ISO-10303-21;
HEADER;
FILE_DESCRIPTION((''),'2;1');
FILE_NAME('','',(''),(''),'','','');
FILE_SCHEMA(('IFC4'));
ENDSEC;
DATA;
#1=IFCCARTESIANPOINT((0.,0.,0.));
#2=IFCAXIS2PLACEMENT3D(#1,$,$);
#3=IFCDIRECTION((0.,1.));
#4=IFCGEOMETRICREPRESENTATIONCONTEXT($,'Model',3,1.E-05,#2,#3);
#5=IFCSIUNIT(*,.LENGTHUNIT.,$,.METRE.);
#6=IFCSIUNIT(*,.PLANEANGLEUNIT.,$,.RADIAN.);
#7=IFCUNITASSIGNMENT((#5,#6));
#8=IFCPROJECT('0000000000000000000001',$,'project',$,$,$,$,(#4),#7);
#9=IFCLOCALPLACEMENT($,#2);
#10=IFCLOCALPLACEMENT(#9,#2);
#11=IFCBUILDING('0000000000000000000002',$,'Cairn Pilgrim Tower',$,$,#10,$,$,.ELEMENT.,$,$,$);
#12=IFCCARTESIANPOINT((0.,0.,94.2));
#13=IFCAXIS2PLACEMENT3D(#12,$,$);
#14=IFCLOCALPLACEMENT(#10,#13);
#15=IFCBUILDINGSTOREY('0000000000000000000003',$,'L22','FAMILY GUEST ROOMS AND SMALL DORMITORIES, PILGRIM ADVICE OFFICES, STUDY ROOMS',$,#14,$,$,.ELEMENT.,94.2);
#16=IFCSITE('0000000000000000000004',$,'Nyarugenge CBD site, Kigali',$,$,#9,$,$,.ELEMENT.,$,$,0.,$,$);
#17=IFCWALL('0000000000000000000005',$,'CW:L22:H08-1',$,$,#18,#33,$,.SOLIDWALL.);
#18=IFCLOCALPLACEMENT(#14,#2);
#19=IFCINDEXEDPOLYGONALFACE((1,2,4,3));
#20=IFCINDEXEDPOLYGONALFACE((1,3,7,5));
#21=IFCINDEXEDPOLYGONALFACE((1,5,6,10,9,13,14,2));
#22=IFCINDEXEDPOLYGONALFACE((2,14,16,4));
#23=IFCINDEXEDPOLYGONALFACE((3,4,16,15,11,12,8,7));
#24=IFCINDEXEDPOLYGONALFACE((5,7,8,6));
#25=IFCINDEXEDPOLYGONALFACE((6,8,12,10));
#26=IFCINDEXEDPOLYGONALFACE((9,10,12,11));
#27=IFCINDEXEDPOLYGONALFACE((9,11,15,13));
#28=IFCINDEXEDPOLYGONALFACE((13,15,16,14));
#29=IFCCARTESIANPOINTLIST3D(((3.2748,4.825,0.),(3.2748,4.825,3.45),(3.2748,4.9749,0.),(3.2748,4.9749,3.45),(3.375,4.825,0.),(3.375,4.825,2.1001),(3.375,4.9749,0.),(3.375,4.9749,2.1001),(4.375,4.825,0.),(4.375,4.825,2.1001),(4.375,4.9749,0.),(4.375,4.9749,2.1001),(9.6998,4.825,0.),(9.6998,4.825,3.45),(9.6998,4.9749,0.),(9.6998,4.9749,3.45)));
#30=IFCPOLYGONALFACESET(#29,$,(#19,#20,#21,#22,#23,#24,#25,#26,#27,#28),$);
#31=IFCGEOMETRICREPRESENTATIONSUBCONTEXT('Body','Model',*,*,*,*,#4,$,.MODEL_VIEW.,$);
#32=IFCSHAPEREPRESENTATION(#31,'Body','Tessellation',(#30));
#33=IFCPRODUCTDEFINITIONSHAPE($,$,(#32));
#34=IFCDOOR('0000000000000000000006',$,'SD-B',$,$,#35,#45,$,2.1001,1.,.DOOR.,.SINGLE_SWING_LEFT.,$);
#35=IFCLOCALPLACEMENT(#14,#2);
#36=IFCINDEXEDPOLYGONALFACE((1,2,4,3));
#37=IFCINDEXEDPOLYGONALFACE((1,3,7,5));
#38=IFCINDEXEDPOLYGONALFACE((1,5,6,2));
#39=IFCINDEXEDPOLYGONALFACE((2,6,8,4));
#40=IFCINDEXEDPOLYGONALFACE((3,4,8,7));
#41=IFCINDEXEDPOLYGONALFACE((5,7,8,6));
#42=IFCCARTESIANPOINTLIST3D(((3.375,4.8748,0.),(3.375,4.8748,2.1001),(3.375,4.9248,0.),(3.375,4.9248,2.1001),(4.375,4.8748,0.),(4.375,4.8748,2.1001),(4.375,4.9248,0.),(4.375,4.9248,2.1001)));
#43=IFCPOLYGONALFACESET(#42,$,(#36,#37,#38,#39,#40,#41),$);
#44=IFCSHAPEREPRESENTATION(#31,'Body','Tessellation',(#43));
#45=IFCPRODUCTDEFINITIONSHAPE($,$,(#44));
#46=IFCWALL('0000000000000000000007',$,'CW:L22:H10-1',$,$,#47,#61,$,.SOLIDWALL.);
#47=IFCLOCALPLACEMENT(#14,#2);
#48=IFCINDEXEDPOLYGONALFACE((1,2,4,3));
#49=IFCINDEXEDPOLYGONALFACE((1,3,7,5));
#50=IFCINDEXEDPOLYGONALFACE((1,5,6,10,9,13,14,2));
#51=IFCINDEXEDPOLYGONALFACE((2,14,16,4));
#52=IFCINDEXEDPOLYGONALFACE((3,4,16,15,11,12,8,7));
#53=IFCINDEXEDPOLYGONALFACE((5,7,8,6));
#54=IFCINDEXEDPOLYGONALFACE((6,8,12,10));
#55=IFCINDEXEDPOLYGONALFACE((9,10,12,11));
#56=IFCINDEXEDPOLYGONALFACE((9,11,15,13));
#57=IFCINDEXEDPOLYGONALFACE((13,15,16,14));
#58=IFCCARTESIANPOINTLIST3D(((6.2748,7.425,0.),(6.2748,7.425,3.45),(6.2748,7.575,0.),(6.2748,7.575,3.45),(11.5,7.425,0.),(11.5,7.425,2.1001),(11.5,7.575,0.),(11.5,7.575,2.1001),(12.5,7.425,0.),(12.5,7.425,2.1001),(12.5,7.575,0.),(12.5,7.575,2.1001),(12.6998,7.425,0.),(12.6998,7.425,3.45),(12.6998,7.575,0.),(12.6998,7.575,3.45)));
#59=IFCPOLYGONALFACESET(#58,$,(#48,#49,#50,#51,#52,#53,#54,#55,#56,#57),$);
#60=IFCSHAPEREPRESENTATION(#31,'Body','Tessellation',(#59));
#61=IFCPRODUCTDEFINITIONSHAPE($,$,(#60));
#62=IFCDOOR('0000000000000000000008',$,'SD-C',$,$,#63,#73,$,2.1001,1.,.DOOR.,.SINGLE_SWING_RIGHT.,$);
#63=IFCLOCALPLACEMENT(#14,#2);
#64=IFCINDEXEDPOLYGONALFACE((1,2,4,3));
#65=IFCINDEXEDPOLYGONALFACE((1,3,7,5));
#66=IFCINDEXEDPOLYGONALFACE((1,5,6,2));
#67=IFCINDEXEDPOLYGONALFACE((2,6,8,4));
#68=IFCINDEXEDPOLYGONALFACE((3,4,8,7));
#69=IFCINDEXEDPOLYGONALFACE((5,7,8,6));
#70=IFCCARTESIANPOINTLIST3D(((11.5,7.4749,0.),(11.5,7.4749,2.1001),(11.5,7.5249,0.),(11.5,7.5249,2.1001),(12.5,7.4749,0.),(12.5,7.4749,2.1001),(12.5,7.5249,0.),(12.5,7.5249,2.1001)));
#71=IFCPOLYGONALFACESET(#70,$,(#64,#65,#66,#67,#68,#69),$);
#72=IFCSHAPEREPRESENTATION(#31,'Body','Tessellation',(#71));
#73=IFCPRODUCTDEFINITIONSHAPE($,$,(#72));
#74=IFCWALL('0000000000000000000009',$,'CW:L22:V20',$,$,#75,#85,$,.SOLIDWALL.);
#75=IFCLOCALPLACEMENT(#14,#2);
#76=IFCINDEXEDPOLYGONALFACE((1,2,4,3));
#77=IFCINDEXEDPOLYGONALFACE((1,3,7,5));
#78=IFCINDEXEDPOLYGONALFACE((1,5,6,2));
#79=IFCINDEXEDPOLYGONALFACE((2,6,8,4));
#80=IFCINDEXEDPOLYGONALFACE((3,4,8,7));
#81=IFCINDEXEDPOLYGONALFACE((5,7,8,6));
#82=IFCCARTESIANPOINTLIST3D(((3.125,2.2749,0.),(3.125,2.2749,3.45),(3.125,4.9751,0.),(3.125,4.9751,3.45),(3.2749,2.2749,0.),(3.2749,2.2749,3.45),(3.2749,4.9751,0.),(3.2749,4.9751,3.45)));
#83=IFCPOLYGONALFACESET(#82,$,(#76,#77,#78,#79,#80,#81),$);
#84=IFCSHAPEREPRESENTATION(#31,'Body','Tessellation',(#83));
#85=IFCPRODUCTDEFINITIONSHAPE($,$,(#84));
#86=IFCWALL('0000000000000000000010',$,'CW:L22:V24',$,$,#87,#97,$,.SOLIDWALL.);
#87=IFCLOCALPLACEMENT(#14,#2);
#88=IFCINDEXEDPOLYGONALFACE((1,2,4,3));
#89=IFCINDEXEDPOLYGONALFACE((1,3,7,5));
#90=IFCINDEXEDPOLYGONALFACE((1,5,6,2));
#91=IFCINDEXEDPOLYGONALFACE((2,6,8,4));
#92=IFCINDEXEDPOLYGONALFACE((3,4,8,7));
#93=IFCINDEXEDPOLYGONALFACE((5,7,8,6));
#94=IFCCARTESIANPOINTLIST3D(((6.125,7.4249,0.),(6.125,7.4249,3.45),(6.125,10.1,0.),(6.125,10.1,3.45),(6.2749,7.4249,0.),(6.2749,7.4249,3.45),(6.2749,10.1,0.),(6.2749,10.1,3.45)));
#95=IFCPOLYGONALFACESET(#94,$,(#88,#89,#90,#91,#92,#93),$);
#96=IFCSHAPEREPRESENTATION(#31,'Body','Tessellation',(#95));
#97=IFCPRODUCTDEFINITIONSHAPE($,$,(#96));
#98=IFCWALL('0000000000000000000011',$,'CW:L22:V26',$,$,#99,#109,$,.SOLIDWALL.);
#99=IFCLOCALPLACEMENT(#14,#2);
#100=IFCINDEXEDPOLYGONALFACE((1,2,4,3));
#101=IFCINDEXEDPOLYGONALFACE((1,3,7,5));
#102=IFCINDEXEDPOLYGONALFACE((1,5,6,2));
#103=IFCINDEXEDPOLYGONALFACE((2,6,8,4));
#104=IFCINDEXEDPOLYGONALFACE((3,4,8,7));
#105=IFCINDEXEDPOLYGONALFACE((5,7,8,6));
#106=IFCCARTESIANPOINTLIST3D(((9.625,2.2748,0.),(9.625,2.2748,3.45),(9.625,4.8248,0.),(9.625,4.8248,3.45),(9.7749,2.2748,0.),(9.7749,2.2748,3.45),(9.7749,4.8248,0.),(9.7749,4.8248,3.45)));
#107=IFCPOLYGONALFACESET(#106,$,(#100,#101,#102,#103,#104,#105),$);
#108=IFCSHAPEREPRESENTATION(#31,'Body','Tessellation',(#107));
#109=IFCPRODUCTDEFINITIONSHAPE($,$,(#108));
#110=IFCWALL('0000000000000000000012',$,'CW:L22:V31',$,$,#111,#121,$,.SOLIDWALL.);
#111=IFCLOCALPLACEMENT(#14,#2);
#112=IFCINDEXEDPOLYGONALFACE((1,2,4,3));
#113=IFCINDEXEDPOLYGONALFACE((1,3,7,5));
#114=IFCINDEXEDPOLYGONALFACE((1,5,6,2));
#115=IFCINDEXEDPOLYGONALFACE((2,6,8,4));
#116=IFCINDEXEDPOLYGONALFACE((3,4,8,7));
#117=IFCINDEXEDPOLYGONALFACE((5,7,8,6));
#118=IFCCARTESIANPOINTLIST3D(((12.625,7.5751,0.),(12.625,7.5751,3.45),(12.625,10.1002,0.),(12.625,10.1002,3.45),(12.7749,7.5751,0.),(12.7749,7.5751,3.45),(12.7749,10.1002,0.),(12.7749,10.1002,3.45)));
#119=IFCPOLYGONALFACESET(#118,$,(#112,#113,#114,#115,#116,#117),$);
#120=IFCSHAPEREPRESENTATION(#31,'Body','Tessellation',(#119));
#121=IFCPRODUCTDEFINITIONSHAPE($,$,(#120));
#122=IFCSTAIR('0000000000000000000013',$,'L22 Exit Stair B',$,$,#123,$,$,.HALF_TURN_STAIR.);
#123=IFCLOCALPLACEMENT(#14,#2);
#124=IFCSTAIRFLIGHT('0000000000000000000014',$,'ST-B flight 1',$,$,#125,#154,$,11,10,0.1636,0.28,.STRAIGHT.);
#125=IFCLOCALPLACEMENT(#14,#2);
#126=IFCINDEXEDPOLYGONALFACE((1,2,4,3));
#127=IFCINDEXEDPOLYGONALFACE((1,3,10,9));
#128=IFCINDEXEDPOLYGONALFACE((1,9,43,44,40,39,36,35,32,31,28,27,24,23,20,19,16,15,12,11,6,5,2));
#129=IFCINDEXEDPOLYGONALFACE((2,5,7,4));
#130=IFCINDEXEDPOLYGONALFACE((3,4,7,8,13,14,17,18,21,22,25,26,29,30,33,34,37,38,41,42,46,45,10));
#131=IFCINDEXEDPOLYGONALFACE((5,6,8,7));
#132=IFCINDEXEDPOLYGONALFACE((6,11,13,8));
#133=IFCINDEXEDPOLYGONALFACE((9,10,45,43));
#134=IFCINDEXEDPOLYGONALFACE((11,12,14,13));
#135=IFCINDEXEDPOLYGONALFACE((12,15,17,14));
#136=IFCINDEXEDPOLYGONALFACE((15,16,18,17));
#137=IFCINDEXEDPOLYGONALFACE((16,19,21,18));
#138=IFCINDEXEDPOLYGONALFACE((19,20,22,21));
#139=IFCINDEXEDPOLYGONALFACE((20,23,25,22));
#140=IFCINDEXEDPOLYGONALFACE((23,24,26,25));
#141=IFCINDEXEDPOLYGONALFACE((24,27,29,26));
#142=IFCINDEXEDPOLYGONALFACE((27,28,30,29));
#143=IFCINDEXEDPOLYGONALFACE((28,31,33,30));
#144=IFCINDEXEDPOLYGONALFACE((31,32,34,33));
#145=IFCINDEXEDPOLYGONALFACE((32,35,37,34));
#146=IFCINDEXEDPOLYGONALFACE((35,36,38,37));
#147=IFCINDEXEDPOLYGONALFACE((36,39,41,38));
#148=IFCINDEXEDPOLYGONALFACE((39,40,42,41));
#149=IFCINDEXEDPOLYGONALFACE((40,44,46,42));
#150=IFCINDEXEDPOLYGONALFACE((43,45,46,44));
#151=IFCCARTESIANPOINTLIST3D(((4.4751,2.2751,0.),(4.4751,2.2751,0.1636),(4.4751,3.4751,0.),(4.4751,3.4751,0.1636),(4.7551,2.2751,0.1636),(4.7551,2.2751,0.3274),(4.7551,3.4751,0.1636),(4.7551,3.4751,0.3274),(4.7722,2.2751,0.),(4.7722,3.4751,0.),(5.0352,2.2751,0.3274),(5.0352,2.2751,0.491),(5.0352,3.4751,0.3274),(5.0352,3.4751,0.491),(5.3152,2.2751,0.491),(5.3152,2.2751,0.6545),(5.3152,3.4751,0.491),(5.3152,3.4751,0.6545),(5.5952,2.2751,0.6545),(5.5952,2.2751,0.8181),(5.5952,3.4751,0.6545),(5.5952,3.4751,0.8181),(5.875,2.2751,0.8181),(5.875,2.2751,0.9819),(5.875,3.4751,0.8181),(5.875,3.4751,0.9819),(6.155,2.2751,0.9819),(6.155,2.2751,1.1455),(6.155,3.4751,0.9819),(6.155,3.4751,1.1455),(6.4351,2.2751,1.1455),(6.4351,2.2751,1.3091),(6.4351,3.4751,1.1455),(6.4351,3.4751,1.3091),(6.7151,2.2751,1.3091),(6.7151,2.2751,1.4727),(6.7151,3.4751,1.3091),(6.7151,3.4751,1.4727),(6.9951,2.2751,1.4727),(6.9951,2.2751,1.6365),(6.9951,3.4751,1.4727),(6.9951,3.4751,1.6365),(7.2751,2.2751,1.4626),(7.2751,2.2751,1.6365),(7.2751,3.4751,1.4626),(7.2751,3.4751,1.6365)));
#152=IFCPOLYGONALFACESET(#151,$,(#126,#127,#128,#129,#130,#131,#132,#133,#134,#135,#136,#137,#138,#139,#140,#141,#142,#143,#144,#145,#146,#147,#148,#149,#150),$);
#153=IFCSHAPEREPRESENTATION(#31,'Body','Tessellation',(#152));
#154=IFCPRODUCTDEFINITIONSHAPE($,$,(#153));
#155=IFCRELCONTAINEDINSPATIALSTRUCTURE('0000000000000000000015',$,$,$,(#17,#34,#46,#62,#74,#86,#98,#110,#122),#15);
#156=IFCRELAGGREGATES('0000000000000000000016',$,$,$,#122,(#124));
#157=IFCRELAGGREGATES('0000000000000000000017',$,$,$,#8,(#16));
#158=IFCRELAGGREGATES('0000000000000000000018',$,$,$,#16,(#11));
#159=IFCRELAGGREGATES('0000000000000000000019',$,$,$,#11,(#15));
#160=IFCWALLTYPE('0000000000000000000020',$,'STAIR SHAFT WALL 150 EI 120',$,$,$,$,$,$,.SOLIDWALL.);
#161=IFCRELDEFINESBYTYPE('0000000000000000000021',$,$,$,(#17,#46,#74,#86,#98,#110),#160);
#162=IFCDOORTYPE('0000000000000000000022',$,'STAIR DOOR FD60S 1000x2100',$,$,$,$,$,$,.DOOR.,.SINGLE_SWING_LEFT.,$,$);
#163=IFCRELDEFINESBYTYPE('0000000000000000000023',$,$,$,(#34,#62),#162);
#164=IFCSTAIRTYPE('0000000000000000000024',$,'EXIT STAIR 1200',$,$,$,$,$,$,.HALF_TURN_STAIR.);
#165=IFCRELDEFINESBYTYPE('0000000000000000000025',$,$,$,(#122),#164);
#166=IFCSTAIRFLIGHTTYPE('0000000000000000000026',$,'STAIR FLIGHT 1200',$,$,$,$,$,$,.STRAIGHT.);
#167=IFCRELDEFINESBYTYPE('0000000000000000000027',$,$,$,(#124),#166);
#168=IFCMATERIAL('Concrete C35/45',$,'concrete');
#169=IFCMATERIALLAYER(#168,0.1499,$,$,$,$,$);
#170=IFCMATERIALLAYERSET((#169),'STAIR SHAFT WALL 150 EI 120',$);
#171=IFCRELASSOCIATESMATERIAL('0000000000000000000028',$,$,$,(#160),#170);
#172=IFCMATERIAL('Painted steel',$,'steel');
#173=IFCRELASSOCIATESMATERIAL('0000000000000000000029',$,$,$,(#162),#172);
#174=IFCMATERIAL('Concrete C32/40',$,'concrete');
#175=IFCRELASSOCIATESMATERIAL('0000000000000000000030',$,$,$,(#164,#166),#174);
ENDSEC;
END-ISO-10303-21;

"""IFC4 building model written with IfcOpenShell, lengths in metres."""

from ifc_helpers import new_model, si_unit, direction, frame, frame_2d, origin, place, context, subcontext, project, spatial, polyline, rectangle, outline, extrude, material, layer, layer_set, type_object, element, fill, aggregate, save


model = new_model("IFC4")

# Units and contexts
model_context = context("Model", 3, precision=1e-05, world=origin(), true_north=direction((0.0, 1.0)))
body_context = subcontext(model_context, "Body", "Model", "MODEL_VIEW")
ifc_project = project(units=[si_unit("LENGTHUNIT", "METRE"), si_unit("PLANEANGLEUNIT", "RADIAN")], contexts=[model_context])

# Site, building, storey
site_placement = place(None, origin())
site = spatial("IfcSite", under=ifc_project, at=site_placement, Name="Nyarugenge CBD site, Kigali", CompositionType="ELEMENT", RefElevation=0.0)
building_placement = place(site_placement, origin())
building = spatial("IfcBuilding", under=site, at=building_placement, Name="Cairn Pilgrim Tower", CompositionType="ELEMENT")
storey_placement = place(building_placement, frame((0.0, 0.0, 94.2)))
storey = spatial("IfcBuildingStorey", under=building, at=storey_placement, Name="L22", Description="FAMILY GUEST ROOMS AND SMALL DORMITORIES, PILGRIM ADVICE OFFICES, STUDY ROOMS", CompositionType="ELEMENT", Elevation=94.2)

# Shared definitions
ifc_material_1 = material(Name="Concrete C32/40", Category="concrete")

# Shared definitions
ifc_material_2 = material(Name="Painted steel", Category="steel")

# Shared definitions
ifc_material_3 = material(Name="Concrete C35/45", Category="concrete")
ifc_layer_1 = layer(ifc_material_3, 0.1499)
ifc_layer_set_1 = layer_set([ifc_layer_1], Name="STAIR SHAFT WALL 150 EI 120")
wall_type_1 = type_object("IfcWallType", Name="STAIR SHAFT WALL 150 EI 120", PredefinedType="SOLIDWALL", material=ifc_layer_set_1)

# Walls, openings, doors
wall_1_placement = place(storey_placement, frame((3.2749, 4.8999, 0.0), z_axis=(0.0, 0.0, 1.0), x_axis=(1.0, 0.0, 0.0)))
wall_1 = element("IfcWall", 1, at=wall_1_placement, inside=storey, type_object=wall_type_1, Name="CW:L22:H08-1", PredefinedType="SOLIDWALL", context=body_context, shape_type="SweptSolid", body=[
    extrude(rectangle(XDim=6.425, YDim=0.1499, at=frame_2d((3.2124, 0.0))), origin(), (0.0, 0.0, 1.0), 3.45),
])
opening_1_placement = place(wall_1_placement, frame((0.1001, 0.0, 0.0)))
opening_1 = element("IfcOpeningElement", 2, at=opening_1_placement, cuts=wall_1, PredefinedType="OPENING", context=body_context, shape_type="SweptSolid", body=[
    extrude(rectangle(XDim=1.0, YDim=2.1001, at=frame_2d((0.5, 1.05))), frame((0.0, 0.085, 0.0), z_axis=(0.0, -1.0, 0.0), x_axis=(1.0, 0.0, 0.0)), (0.0, 0.0, 1.0), 0.1699),
])
door_type_1 = type_object("IfcDoorType", Name="STAIR DOOR FD60S 1000x2100", OperationType="SINGLE_SWING_LEFT", PredefinedType="DOOR", material=ifc_material_2)
door_1_placement = place(opening_1_placement, origin())
door_1 = element("IfcDoor", 3, at=door_1_placement, inside=storey, type_object=door_type_1, Name="SD-B", OperationType="SINGLE_SWING_LEFT", OverallHeight=2.1001, OverallWidth=1.0, PredefinedType="DOOR", context=body_context, shape_type="SweptSolid", body=[
    extrude(rectangle(XDim=1.0, YDim=2.1001, at=frame_2d((0.5, 1.05))), frame((0.0, 0.0249, 0.0), z_axis=(0.0, -1.0, 0.0), x_axis=(1.0, 0.0, 0.0)), (0.0, 0.0, 1.0), 0.05),
])
fill(opening_1, door_1)
wall_2_placement = place(storey_placement, frame((6.2749, 7.5, 0.0), z_axis=(0.0, 0.0, 1.0), x_axis=(1.0, 0.0, 0.0)))
wall_2 = element("IfcWall", 4, at=wall_2_placement, inside=storey, type_object=wall_type_1, Name="CW:L22:H10-1", PredefinedType="SOLIDWALL", context=body_context, shape_type="SweptSolid", body=[
    extrude(rectangle(XDim=6.425, YDim=0.1499, at=frame_2d((3.2124, 0.0))), origin(), (0.0, 0.0, 1.0), 3.45),
])
opening_2_placement = place(wall_2_placement, frame((5.2251, 0.0, 0.0)))
opening_2 = element("IfcOpeningElement", 5, at=opening_2_placement, cuts=wall_2, PredefinedType="OPENING", context=body_context, shape_type="SweptSolid", body=[
    extrude(rectangle(XDim=1.0, YDim=2.1001, at=frame_2d((0.5, 1.05))), frame((0.0, 0.085, 0.0), z_axis=(0.0, -1.0, 0.0), x_axis=(1.0, 0.0, 0.0)), (0.0, 0.0, 1.0), 0.1699),
])
door_2_placement = place(opening_2_placement, origin())
door_2 = element("IfcDoor", 6, at=door_2_placement, inside=storey, type_object=door_type_1, Name="SD-C", OperationType="SINGLE_SWING_RIGHT", OverallHeight=2.1001, OverallWidth=1.0, PredefinedType="DOOR", context=body_context, shape_type="SweptSolid", body=[
    extrude(rectangle(XDim=1.0, YDim=2.1001, at=frame_2d((0.5, 1.05))), frame((0.0, 0.0249, 0.0), z_axis=(0.0, -1.0, 0.0), x_axis=(1.0, 0.0, 0.0)), (0.0, 0.0, 1.0), 0.05),
])
fill(opening_2, door_2)

# Walls
wall_3_placement = place(storey_placement, frame((3.2, 2.2749, 0.0), z_axis=(0.0, 0.0, 1.0), x_axis=(0.0, 1.0, 0.0)))
element("IfcWall", 7, at=wall_3_placement, inside=storey, type_object=wall_type_1, Name="CW:L22:V20", PredefinedType="SOLIDWALL", context=body_context, shape_type="SweptSolid", body=[
    extrude(rectangle(XDim=2.7002, YDim=0.1499, at=frame_2d((1.3501, 0.0))), origin(), (0.0, 0.0, 1.0), 3.45),
])
wall_4_placement = place(storey_placement, frame((6.2, 7.425, 0.0), z_axis=(0.0, 0.0, 1.0), x_axis=(0.0, 1.0, 0.0)))
element("IfcWall", 8, at=wall_4_placement, inside=storey, type_object=wall_type_1, Name="CW:L22:V24", PredefinedType="SOLIDWALL", context=body_context, shape_type="SweptSolid", body=[
    extrude(rectangle(XDim=2.675, YDim=0.1499, at=frame_2d((1.3374, 0.0))), origin(), (0.0, 0.0, 1.0), 3.45),
])
wall_5_placement = place(storey_placement, frame((9.7, 2.2749, 0.0), z_axis=(0.0, 0.0, 1.0), x_axis=(0.0, 1.0, 0.0)))
element("IfcWall", 9, at=wall_5_placement, inside=storey, type_object=wall_type_1, Name="CW:L22:V26", PredefinedType="SOLIDWALL", context=body_context, shape_type="SweptSolid", body=[
    extrude(rectangle(XDim=2.55, YDim=0.1499, at=frame_2d((1.2749, 0.0))), origin(), (0.0, 0.0, 1.0), 3.45),
])
wall_6_placement = place(storey_placement, frame((12.7, 7.575, 0.0), z_axis=(0.0, 0.0, 1.0), x_axis=(0.0, 1.0, 0.0)))
element("IfcWall", 10, at=wall_6_placement, inside=storey, type_object=wall_type_1, Name="CW:L22:V31", PredefinedType="SOLIDWALL", context=body_context, shape_type="SweptSolid", body=[
    extrude(rectangle(XDim=2.5251, YDim=0.1499, at=frame_2d((1.2627, 0.0))), origin(), (0.0, 0.0, 1.0), 3.45),
])

# Stair, stair flight
stair_type = type_object("IfcStairType", Name="EXIT STAIR 1200", PredefinedType="HALF_TURN_STAIR", material=ifc_material_1)
stair_1_placement = place(storey_placement, origin())
stair_1 = element("IfcStair", 11, at=stair_1_placement, inside=storey, type_object=stair_type, Name="L22 Exit Stair B", PredefinedType="HALF_TURN_STAIR")
stair_flight_type = type_object("IfcStairFlightType", Name="STAIR FLIGHT 1200", PredefinedType="STRAIGHT", material=ifc_material_1)
stair_flight_1_placement = place(storey_placement, frame((4.4751, 2.875, 0.0), z_axis=(0.0, 0.0, 1.0), x_axis=(1.0, 0.0, 0.0)))
stair_flight_1 = element("IfcStairFlight", 12, at=stair_flight_1_placement, type_object=stair_flight_type, Name="ST-B flight 1", NumberOfRisers=11, NumberOfTreads=10, PredefinedType="STRAIGHT", RiserHeight=0.1636, TreadLength=0.28, context=body_context, shape_type="SweptSolid", body=[
    extrude(outline(polyline([(0.0, 0.0), (0.0, 0.1636), (0.28, 0.1636), (0.28, 0.3274), (0.5601, 0.3274), (0.5601, 0.491), (0.8401, 0.491), (0.8401, 0.6545), (1.1201, 0.6545), (1.1201, 0.8181), (1.3999, 0.8181), (1.3999, 0.9819), (1.6799, 0.9819), (1.6799, 1.1455), (1.96, 1.1455), (1.96, 1.3091), (2.24, 1.3091), (2.24, 1.4727), (2.52, 1.4727), (2.52, 1.6365), (2.8, 1.6365), (2.8, 1.8), (2.8, 1.4626), (0.2971, 0.0), (0.0, 0.0)])), frame((0.0, 0.6001, 0.0), z_axis=(0.0, -1.0, 0.0), x_axis=(1.0, 0.0, 0.0)), (0.0, 0.0, 1.0), 1.2),
])
aggregate(stair_1, [stair_flight_1])

save(model, "model.ifc")
